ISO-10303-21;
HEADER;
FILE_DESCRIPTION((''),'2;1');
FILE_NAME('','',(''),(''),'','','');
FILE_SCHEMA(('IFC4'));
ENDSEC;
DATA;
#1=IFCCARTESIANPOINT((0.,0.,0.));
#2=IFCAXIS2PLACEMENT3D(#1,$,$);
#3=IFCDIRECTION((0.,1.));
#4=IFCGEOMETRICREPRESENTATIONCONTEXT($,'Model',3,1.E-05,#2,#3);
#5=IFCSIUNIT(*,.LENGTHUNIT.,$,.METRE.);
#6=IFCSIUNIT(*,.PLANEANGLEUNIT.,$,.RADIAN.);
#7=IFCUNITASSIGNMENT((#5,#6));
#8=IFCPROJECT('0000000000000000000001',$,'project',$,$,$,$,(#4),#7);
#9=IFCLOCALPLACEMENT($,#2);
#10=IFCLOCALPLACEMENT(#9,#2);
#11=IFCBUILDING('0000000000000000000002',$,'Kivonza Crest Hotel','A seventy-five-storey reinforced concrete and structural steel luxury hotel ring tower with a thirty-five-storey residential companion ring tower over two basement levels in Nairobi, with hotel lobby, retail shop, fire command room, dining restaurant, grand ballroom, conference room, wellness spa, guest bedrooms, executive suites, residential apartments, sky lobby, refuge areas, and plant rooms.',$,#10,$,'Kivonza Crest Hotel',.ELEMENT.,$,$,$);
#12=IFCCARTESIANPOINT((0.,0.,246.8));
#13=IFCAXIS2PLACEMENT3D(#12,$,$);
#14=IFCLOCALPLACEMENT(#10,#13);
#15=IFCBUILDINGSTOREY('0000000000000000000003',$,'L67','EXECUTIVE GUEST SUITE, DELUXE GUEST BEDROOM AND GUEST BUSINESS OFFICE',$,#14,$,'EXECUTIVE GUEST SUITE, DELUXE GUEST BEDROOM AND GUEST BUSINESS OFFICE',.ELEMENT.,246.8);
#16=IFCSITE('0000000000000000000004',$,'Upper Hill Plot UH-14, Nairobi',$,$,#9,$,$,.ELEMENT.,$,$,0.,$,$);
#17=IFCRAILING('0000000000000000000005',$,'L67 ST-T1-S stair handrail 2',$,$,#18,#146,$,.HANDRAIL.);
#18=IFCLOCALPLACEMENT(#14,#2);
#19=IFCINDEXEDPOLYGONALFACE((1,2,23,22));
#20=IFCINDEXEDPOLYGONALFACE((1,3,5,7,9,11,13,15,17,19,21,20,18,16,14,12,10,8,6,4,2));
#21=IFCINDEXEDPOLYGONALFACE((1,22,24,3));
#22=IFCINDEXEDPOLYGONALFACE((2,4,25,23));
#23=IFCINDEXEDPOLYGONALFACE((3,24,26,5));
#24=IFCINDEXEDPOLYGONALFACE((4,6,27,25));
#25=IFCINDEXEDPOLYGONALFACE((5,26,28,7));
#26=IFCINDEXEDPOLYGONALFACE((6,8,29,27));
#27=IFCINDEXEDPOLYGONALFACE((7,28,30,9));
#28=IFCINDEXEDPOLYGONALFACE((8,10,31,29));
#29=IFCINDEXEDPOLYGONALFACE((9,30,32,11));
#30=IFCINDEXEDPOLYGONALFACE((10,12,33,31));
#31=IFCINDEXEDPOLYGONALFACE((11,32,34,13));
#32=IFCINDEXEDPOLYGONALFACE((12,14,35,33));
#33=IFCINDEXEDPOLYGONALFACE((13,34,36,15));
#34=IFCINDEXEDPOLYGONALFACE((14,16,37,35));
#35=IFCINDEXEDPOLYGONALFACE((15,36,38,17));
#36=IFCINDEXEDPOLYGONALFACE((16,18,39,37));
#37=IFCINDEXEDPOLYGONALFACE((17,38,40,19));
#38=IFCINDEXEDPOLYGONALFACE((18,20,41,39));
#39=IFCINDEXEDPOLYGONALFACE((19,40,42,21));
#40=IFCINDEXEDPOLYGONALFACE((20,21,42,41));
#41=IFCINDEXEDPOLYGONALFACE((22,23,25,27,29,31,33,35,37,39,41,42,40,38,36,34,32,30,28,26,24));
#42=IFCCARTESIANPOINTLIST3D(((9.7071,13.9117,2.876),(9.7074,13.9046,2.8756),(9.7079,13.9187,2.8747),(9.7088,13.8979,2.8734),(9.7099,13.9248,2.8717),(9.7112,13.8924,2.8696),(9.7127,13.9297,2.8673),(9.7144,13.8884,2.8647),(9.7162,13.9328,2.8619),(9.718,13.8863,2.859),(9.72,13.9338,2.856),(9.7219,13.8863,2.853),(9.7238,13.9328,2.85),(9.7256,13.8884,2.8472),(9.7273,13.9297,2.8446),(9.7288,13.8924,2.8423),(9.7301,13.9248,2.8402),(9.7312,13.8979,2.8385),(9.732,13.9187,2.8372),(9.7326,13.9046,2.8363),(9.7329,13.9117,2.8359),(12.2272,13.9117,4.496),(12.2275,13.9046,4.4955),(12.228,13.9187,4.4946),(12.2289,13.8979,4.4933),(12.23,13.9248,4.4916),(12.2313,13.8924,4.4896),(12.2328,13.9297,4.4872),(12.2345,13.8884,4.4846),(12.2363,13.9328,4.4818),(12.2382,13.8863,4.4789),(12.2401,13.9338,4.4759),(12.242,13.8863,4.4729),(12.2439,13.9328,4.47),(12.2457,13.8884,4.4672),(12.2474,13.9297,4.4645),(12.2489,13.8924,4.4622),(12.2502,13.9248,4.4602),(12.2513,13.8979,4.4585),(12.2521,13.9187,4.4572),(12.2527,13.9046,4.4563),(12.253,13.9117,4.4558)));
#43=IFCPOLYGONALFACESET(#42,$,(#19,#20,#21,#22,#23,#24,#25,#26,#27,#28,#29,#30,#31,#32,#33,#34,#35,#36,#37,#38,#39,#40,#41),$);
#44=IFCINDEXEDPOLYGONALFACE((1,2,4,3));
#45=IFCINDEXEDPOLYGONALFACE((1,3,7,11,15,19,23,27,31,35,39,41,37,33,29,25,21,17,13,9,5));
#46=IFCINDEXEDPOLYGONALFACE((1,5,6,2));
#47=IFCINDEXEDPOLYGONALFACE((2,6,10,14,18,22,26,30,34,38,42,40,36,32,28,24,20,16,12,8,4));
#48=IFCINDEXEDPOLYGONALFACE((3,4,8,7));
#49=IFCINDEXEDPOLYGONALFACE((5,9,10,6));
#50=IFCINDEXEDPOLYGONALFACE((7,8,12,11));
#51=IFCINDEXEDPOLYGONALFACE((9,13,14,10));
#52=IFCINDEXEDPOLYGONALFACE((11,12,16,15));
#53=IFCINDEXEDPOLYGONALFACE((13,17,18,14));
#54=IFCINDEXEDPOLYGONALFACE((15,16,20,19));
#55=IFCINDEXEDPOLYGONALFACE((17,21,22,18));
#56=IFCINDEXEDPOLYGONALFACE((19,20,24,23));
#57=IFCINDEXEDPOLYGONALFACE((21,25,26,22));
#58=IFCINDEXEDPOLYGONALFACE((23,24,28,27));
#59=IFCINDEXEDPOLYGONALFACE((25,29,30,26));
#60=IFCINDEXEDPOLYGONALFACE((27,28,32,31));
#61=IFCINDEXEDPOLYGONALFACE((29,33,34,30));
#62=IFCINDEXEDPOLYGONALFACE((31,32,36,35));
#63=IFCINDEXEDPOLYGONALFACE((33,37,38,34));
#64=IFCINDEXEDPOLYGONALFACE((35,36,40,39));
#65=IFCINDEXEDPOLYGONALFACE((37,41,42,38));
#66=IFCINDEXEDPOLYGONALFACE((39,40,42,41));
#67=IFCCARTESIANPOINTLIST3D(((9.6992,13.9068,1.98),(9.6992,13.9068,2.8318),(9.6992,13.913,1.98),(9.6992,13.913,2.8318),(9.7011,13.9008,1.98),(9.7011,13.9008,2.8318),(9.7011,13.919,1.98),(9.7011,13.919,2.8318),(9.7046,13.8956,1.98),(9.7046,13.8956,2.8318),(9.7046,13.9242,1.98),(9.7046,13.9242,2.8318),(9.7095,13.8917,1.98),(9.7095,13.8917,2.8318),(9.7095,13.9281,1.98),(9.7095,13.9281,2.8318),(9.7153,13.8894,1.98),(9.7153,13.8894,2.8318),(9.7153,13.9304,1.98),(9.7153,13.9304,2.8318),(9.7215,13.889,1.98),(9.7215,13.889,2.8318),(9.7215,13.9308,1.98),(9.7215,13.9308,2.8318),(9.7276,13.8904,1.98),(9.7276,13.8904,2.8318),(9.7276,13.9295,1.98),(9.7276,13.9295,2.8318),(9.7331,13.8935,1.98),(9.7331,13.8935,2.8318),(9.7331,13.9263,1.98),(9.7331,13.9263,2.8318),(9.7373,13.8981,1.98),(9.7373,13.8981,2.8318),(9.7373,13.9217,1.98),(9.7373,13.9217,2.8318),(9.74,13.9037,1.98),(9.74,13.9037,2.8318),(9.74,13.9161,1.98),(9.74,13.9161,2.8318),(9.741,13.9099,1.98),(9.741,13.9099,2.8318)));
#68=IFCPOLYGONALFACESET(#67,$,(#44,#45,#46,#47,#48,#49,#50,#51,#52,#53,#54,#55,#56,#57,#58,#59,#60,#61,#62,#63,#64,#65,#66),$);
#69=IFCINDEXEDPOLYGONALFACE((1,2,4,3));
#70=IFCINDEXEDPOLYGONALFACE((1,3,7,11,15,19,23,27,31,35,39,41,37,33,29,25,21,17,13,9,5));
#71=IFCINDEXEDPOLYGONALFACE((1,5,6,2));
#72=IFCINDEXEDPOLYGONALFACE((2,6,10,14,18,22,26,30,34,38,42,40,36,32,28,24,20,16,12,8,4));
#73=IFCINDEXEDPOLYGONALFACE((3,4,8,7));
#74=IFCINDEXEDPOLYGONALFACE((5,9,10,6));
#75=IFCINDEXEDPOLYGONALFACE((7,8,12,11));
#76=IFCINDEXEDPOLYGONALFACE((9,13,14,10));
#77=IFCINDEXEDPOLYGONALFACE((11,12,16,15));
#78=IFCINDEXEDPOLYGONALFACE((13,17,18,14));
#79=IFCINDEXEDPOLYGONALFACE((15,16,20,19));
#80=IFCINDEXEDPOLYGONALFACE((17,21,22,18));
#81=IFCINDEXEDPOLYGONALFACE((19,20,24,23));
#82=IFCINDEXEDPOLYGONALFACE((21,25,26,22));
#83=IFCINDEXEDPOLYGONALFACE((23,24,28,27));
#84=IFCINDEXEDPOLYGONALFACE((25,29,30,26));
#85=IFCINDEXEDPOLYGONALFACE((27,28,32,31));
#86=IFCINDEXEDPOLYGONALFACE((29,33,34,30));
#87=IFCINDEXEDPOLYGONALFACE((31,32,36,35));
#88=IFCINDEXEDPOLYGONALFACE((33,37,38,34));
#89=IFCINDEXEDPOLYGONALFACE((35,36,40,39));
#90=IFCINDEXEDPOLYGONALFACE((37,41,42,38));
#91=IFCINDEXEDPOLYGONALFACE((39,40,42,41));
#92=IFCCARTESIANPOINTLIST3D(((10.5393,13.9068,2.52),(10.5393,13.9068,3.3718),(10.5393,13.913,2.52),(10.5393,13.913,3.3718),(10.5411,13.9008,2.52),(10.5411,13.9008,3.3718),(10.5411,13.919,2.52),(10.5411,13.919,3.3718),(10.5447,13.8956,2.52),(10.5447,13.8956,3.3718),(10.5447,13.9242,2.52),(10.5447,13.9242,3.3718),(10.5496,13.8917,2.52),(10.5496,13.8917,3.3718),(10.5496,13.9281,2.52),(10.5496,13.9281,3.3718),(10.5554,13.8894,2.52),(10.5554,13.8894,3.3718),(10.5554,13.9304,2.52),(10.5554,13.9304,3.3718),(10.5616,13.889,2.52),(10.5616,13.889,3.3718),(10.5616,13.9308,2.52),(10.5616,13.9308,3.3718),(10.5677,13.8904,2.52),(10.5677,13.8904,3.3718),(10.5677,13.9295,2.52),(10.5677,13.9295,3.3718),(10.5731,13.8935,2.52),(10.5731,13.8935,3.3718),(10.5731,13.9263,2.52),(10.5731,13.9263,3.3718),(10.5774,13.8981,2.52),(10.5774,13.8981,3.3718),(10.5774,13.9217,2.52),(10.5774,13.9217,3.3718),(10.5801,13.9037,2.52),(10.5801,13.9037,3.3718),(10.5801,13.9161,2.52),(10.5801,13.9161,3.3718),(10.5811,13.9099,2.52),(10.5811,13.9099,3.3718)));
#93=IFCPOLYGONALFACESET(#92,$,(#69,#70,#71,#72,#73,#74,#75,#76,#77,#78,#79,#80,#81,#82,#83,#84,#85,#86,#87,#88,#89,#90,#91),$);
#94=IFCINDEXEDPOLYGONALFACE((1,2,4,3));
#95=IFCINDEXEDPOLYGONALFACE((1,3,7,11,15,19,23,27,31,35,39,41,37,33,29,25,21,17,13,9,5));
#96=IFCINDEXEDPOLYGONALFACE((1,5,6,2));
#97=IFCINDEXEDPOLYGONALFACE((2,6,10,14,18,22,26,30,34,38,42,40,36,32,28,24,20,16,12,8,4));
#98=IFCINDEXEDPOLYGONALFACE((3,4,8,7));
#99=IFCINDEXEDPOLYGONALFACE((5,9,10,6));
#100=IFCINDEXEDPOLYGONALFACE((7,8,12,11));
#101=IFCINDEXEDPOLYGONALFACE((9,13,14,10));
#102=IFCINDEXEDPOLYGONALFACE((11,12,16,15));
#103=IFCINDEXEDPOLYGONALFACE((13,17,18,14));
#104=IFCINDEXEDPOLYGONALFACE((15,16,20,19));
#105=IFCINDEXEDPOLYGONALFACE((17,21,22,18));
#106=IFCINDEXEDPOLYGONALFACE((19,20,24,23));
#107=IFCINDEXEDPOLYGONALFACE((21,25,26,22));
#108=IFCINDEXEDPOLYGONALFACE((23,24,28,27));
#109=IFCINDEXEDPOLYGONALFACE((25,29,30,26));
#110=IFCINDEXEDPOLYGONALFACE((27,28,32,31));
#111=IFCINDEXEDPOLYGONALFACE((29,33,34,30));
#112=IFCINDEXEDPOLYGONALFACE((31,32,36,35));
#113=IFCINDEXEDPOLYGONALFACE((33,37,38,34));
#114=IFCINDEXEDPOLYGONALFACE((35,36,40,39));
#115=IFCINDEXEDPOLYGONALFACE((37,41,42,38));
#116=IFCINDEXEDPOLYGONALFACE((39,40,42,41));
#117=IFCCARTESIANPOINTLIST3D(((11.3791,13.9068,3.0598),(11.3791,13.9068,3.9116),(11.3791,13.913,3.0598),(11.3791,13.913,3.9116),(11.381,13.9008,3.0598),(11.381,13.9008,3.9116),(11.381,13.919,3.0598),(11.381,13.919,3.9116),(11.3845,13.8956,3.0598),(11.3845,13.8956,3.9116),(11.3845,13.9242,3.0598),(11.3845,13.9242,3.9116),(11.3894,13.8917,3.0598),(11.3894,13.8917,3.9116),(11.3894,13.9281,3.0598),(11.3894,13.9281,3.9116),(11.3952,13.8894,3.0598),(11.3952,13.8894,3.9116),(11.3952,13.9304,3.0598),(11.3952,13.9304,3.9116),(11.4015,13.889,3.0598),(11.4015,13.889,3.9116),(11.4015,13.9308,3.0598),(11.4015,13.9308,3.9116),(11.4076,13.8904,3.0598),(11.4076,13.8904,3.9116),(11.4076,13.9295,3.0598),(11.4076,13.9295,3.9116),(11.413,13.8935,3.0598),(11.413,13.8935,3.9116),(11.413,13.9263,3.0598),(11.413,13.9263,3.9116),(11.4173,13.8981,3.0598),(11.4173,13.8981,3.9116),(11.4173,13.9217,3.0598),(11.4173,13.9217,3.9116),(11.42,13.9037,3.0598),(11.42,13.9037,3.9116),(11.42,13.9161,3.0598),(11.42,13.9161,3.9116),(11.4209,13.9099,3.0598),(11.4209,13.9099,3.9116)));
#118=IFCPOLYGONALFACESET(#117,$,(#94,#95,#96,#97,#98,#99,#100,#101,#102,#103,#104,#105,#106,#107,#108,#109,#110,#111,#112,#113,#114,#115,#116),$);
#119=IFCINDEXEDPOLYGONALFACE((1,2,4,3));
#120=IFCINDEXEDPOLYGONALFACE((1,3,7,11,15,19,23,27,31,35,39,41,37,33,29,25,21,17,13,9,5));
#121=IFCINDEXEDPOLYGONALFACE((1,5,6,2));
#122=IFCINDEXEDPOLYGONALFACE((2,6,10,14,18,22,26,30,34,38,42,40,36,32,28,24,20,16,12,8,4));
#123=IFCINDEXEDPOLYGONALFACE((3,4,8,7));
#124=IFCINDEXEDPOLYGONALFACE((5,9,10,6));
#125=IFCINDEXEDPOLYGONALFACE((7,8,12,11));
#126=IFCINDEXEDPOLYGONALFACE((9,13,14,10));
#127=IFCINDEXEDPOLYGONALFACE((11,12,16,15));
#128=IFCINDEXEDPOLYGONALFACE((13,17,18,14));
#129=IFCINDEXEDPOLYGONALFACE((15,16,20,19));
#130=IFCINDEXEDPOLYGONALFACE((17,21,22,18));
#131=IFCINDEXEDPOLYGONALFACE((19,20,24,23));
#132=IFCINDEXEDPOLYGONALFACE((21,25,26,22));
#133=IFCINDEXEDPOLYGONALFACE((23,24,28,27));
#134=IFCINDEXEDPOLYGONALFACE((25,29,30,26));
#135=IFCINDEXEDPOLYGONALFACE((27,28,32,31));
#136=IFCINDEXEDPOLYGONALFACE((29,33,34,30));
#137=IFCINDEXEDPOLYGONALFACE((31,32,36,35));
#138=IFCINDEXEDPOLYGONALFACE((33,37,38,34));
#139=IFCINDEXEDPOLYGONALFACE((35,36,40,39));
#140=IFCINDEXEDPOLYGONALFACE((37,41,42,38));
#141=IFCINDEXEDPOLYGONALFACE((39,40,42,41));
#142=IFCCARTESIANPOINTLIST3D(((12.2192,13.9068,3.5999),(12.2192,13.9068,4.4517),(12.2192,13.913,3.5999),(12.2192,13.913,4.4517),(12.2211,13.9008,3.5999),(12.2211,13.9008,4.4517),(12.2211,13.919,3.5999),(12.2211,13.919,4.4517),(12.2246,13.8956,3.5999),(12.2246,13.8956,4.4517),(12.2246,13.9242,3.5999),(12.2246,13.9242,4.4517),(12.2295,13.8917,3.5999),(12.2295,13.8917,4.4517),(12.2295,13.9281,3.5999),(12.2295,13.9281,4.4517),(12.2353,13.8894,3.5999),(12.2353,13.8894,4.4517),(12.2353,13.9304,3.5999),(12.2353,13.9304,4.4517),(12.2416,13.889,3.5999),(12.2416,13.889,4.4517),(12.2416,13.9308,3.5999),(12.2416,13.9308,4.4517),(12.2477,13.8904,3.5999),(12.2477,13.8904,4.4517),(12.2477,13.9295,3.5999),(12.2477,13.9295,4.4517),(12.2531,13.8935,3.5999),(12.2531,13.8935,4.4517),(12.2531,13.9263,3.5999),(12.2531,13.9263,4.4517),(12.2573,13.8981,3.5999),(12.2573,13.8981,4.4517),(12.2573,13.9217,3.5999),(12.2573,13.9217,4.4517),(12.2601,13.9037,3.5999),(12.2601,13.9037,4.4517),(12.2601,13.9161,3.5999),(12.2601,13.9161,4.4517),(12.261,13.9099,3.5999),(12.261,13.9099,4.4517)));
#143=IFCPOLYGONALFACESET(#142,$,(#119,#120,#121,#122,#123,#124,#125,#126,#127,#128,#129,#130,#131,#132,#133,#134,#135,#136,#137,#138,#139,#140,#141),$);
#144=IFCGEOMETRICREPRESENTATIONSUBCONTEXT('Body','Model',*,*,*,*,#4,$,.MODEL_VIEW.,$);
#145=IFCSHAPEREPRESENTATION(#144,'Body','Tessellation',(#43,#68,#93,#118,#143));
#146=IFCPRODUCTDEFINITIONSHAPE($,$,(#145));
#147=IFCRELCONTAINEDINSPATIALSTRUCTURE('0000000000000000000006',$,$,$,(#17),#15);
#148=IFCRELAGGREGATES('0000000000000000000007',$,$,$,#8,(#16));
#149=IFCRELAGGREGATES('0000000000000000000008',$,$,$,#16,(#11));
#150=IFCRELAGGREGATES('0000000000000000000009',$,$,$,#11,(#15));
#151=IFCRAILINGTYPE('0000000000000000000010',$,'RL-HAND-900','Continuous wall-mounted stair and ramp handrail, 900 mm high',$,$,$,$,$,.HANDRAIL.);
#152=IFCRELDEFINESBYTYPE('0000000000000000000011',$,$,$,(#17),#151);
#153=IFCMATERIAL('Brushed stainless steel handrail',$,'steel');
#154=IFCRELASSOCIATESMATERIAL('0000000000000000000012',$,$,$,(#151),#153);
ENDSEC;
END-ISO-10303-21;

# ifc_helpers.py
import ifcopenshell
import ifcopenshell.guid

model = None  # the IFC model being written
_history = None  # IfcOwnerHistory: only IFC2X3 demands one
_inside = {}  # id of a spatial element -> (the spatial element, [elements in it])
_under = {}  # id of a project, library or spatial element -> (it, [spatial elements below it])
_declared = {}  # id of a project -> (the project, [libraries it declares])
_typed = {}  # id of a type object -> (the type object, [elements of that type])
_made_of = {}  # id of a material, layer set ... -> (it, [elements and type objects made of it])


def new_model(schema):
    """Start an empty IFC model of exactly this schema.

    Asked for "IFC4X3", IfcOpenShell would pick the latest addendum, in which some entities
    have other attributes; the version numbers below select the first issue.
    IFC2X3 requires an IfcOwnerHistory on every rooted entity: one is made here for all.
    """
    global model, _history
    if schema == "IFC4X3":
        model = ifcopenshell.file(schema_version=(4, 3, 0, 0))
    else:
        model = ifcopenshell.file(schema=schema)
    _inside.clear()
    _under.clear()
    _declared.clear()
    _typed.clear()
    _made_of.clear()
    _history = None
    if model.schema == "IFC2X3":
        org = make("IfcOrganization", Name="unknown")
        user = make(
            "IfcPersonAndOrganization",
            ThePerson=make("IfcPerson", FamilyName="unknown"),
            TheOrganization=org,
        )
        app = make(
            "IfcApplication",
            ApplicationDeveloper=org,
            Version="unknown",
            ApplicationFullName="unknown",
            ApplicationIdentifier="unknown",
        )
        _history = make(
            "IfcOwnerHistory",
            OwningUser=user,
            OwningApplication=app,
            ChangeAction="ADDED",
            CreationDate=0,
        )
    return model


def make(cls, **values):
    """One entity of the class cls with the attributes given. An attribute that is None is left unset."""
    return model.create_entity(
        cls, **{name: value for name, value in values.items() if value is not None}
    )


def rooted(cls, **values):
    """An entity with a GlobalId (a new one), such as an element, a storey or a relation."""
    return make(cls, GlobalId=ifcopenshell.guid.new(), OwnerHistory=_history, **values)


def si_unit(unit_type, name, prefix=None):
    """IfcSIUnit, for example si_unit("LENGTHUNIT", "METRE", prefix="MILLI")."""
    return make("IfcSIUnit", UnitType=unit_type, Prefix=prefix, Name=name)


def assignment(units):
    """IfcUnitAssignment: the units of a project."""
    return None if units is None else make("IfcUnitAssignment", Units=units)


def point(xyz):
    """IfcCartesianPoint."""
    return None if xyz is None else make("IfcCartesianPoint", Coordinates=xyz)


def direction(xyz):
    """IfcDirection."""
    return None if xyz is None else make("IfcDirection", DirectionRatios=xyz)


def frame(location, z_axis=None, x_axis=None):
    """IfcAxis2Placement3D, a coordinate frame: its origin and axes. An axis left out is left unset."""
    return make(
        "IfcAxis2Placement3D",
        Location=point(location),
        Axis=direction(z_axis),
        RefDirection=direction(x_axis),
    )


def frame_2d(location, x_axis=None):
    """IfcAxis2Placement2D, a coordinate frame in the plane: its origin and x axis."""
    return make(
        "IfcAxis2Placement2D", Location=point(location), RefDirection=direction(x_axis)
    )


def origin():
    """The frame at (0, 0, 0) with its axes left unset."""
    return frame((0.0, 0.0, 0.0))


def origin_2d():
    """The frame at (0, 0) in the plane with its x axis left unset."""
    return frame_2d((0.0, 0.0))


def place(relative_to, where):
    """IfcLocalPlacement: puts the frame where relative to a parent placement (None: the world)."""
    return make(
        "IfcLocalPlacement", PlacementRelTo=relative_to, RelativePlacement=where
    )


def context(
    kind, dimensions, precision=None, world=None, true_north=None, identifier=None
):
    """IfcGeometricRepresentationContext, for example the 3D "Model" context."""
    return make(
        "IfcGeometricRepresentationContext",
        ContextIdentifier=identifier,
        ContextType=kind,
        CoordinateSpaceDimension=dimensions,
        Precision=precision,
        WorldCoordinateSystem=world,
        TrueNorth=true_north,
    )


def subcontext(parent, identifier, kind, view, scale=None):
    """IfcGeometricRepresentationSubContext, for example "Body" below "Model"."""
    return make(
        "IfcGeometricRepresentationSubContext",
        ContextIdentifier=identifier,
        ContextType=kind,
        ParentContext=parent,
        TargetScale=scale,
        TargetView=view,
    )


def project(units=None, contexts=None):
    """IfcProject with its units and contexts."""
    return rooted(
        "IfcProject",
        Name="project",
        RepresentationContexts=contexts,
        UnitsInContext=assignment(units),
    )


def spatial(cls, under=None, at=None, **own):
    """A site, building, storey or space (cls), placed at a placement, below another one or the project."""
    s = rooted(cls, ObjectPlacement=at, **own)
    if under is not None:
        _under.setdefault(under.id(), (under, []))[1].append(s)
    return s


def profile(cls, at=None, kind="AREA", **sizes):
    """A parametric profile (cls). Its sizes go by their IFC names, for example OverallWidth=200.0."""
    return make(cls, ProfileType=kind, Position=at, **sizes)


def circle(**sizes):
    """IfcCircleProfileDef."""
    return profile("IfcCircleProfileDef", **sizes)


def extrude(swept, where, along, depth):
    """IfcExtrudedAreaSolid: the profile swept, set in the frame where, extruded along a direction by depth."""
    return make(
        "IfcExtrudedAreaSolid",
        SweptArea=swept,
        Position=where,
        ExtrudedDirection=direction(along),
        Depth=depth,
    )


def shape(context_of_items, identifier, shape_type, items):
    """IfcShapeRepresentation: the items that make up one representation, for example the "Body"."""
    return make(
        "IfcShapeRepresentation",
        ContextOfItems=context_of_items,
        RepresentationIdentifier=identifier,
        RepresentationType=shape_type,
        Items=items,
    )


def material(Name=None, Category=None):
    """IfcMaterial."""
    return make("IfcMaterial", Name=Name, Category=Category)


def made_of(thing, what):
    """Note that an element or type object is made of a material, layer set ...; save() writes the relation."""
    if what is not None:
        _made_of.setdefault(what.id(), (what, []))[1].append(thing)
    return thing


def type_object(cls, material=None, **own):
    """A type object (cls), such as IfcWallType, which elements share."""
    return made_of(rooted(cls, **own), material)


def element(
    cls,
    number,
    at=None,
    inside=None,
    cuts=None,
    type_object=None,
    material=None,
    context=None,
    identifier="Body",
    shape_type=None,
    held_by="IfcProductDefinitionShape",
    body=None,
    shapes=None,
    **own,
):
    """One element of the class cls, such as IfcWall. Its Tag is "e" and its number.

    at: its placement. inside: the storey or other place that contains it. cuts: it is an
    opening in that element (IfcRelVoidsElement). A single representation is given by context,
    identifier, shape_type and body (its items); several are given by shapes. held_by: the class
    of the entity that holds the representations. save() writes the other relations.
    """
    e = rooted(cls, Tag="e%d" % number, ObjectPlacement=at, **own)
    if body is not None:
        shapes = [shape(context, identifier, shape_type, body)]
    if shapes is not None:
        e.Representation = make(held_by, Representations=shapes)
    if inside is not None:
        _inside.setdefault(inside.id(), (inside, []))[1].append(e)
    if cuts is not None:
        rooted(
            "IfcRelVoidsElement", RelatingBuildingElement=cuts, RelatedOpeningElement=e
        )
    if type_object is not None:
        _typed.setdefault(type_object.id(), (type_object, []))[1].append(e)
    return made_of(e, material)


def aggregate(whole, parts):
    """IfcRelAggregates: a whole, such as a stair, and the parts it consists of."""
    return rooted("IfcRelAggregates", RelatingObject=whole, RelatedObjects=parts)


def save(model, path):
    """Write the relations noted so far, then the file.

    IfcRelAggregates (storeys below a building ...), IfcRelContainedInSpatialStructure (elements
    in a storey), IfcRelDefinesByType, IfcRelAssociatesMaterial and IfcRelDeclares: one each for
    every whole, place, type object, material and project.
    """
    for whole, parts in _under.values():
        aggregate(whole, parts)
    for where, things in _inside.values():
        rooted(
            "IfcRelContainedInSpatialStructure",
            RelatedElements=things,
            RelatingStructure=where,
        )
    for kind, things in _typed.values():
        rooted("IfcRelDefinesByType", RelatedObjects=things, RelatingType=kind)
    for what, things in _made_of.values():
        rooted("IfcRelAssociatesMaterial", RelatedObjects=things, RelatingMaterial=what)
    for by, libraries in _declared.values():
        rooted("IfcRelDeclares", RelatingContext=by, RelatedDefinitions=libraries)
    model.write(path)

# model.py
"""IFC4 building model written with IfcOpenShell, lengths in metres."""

from ifc_helpers import new_model, si_unit, direction, frame, origin, origin_2d, place, context, subcontext, project, spatial, circle, extrude, material, type_object, element, save


model = new_model("IFC4")

# Units and contexts
model_context = context("Model", 3, precision=1e-05, world=origin(), true_north=direction((0.0, 1.0)))
body_context = subcontext(model_context, "Body", "Model", "MODEL_VIEW")
ifc_project = project(units=[si_unit("LENGTHUNIT", "METRE"), si_unit("PLANEANGLEUNIT", "RADIAN")], contexts=[model_context])

# Site, building, storey
site_placement = place(None, origin())
site = spatial("IfcSite", under=ifc_project, at=site_placement, Name="Upper Hill Plot UH-14, Nairobi", CompositionType="ELEMENT", RefElevation=0.0)
building_placement = place(site_placement, origin())
building = spatial("IfcBuilding", under=site, at=building_placement, Name="Kivonza Crest Hotel", Description="A seventy-five-storey reinforced concrete and structural steel luxury hotel ring tower with a thirty-five-storey residential companion ring tower over two basement levels in Nairobi, with hotel lobby, retail shop, fire command room, dining restaurant, grand ballroom, conference room, wellness spa, guest bedrooms, executive suites, residential apartments, sky lobby, refuge areas, and plant rooms.", LongName="Kivonza Crest Hotel", CompositionType="ELEMENT")
storey_placement = place(building_placement, frame((0.0, 0.0, 246.8)))
storey = spatial("IfcBuildingStorey", under=building, at=storey_placement, Name="L67", Description="EXECUTIVE GUEST SUITE, DELUXE GUEST BEDROOM AND GUEST BUSINESS OFFICE", LongName="EXECUTIVE GUEST SUITE, DELUXE GUEST BEDROOM AND GUEST BUSINESS OFFICE", CompositionType="ELEMENT", Elevation=246.8)

# Railing
ifc_material_1 = material(Name="Brushed stainless steel handrail", Category="steel")
railing_type_1 = type_object("IfcRailingType", Name="RL-HAND-900", Description="Continuous wall-mounted stair and ramp handrail, 900 mm high", PredefinedType="HANDRAIL", material=ifc_material_1)
railing_1_placement = place(storey_placement, frame((9.72, 13.9099, 1.98)))
element("IfcRailing", 1, at=railing_1_placement, inside=storey, type_object=railing_type_1, Name="L67 ST-T1-S stair handrail 2", PredefinedType="HANDRAIL", context=body_context, shape_type="SweptSolid", body=[
    extrude(circle(Radius=0.0239, at=origin_2d()), frame((0.0, 0.0, 0.876), z_axis=(0.8412, 0.0, 0.540725), x_axis=(0.0, 1.0, 0.0)), (0.0, 0.0, 1.0), 2.9958),
    extrude(circle(Radius=0.021, at=origin_2d()), origin(), (0.0, 0.0, 1.0), 0.8518),
    extrude(circle(Radius=0.021, at=origin_2d()), frame((0.8401, 0.0, 0.54)), (0.0, 0.0, 1.0), 0.8518),
    extrude(circle(Radius=0.021, at=origin_2d()), frame((1.6799, 0.0, 1.0798)), (0.0, 0.0, 1.0), 0.8518),
    extrude(circle(Radius=0.021, at=origin_2d()), frame((2.52, 0.0, 1.6199)), (0.0, 0.0, 1.0), 0.8518),
])

save(model, "model.ifc")
